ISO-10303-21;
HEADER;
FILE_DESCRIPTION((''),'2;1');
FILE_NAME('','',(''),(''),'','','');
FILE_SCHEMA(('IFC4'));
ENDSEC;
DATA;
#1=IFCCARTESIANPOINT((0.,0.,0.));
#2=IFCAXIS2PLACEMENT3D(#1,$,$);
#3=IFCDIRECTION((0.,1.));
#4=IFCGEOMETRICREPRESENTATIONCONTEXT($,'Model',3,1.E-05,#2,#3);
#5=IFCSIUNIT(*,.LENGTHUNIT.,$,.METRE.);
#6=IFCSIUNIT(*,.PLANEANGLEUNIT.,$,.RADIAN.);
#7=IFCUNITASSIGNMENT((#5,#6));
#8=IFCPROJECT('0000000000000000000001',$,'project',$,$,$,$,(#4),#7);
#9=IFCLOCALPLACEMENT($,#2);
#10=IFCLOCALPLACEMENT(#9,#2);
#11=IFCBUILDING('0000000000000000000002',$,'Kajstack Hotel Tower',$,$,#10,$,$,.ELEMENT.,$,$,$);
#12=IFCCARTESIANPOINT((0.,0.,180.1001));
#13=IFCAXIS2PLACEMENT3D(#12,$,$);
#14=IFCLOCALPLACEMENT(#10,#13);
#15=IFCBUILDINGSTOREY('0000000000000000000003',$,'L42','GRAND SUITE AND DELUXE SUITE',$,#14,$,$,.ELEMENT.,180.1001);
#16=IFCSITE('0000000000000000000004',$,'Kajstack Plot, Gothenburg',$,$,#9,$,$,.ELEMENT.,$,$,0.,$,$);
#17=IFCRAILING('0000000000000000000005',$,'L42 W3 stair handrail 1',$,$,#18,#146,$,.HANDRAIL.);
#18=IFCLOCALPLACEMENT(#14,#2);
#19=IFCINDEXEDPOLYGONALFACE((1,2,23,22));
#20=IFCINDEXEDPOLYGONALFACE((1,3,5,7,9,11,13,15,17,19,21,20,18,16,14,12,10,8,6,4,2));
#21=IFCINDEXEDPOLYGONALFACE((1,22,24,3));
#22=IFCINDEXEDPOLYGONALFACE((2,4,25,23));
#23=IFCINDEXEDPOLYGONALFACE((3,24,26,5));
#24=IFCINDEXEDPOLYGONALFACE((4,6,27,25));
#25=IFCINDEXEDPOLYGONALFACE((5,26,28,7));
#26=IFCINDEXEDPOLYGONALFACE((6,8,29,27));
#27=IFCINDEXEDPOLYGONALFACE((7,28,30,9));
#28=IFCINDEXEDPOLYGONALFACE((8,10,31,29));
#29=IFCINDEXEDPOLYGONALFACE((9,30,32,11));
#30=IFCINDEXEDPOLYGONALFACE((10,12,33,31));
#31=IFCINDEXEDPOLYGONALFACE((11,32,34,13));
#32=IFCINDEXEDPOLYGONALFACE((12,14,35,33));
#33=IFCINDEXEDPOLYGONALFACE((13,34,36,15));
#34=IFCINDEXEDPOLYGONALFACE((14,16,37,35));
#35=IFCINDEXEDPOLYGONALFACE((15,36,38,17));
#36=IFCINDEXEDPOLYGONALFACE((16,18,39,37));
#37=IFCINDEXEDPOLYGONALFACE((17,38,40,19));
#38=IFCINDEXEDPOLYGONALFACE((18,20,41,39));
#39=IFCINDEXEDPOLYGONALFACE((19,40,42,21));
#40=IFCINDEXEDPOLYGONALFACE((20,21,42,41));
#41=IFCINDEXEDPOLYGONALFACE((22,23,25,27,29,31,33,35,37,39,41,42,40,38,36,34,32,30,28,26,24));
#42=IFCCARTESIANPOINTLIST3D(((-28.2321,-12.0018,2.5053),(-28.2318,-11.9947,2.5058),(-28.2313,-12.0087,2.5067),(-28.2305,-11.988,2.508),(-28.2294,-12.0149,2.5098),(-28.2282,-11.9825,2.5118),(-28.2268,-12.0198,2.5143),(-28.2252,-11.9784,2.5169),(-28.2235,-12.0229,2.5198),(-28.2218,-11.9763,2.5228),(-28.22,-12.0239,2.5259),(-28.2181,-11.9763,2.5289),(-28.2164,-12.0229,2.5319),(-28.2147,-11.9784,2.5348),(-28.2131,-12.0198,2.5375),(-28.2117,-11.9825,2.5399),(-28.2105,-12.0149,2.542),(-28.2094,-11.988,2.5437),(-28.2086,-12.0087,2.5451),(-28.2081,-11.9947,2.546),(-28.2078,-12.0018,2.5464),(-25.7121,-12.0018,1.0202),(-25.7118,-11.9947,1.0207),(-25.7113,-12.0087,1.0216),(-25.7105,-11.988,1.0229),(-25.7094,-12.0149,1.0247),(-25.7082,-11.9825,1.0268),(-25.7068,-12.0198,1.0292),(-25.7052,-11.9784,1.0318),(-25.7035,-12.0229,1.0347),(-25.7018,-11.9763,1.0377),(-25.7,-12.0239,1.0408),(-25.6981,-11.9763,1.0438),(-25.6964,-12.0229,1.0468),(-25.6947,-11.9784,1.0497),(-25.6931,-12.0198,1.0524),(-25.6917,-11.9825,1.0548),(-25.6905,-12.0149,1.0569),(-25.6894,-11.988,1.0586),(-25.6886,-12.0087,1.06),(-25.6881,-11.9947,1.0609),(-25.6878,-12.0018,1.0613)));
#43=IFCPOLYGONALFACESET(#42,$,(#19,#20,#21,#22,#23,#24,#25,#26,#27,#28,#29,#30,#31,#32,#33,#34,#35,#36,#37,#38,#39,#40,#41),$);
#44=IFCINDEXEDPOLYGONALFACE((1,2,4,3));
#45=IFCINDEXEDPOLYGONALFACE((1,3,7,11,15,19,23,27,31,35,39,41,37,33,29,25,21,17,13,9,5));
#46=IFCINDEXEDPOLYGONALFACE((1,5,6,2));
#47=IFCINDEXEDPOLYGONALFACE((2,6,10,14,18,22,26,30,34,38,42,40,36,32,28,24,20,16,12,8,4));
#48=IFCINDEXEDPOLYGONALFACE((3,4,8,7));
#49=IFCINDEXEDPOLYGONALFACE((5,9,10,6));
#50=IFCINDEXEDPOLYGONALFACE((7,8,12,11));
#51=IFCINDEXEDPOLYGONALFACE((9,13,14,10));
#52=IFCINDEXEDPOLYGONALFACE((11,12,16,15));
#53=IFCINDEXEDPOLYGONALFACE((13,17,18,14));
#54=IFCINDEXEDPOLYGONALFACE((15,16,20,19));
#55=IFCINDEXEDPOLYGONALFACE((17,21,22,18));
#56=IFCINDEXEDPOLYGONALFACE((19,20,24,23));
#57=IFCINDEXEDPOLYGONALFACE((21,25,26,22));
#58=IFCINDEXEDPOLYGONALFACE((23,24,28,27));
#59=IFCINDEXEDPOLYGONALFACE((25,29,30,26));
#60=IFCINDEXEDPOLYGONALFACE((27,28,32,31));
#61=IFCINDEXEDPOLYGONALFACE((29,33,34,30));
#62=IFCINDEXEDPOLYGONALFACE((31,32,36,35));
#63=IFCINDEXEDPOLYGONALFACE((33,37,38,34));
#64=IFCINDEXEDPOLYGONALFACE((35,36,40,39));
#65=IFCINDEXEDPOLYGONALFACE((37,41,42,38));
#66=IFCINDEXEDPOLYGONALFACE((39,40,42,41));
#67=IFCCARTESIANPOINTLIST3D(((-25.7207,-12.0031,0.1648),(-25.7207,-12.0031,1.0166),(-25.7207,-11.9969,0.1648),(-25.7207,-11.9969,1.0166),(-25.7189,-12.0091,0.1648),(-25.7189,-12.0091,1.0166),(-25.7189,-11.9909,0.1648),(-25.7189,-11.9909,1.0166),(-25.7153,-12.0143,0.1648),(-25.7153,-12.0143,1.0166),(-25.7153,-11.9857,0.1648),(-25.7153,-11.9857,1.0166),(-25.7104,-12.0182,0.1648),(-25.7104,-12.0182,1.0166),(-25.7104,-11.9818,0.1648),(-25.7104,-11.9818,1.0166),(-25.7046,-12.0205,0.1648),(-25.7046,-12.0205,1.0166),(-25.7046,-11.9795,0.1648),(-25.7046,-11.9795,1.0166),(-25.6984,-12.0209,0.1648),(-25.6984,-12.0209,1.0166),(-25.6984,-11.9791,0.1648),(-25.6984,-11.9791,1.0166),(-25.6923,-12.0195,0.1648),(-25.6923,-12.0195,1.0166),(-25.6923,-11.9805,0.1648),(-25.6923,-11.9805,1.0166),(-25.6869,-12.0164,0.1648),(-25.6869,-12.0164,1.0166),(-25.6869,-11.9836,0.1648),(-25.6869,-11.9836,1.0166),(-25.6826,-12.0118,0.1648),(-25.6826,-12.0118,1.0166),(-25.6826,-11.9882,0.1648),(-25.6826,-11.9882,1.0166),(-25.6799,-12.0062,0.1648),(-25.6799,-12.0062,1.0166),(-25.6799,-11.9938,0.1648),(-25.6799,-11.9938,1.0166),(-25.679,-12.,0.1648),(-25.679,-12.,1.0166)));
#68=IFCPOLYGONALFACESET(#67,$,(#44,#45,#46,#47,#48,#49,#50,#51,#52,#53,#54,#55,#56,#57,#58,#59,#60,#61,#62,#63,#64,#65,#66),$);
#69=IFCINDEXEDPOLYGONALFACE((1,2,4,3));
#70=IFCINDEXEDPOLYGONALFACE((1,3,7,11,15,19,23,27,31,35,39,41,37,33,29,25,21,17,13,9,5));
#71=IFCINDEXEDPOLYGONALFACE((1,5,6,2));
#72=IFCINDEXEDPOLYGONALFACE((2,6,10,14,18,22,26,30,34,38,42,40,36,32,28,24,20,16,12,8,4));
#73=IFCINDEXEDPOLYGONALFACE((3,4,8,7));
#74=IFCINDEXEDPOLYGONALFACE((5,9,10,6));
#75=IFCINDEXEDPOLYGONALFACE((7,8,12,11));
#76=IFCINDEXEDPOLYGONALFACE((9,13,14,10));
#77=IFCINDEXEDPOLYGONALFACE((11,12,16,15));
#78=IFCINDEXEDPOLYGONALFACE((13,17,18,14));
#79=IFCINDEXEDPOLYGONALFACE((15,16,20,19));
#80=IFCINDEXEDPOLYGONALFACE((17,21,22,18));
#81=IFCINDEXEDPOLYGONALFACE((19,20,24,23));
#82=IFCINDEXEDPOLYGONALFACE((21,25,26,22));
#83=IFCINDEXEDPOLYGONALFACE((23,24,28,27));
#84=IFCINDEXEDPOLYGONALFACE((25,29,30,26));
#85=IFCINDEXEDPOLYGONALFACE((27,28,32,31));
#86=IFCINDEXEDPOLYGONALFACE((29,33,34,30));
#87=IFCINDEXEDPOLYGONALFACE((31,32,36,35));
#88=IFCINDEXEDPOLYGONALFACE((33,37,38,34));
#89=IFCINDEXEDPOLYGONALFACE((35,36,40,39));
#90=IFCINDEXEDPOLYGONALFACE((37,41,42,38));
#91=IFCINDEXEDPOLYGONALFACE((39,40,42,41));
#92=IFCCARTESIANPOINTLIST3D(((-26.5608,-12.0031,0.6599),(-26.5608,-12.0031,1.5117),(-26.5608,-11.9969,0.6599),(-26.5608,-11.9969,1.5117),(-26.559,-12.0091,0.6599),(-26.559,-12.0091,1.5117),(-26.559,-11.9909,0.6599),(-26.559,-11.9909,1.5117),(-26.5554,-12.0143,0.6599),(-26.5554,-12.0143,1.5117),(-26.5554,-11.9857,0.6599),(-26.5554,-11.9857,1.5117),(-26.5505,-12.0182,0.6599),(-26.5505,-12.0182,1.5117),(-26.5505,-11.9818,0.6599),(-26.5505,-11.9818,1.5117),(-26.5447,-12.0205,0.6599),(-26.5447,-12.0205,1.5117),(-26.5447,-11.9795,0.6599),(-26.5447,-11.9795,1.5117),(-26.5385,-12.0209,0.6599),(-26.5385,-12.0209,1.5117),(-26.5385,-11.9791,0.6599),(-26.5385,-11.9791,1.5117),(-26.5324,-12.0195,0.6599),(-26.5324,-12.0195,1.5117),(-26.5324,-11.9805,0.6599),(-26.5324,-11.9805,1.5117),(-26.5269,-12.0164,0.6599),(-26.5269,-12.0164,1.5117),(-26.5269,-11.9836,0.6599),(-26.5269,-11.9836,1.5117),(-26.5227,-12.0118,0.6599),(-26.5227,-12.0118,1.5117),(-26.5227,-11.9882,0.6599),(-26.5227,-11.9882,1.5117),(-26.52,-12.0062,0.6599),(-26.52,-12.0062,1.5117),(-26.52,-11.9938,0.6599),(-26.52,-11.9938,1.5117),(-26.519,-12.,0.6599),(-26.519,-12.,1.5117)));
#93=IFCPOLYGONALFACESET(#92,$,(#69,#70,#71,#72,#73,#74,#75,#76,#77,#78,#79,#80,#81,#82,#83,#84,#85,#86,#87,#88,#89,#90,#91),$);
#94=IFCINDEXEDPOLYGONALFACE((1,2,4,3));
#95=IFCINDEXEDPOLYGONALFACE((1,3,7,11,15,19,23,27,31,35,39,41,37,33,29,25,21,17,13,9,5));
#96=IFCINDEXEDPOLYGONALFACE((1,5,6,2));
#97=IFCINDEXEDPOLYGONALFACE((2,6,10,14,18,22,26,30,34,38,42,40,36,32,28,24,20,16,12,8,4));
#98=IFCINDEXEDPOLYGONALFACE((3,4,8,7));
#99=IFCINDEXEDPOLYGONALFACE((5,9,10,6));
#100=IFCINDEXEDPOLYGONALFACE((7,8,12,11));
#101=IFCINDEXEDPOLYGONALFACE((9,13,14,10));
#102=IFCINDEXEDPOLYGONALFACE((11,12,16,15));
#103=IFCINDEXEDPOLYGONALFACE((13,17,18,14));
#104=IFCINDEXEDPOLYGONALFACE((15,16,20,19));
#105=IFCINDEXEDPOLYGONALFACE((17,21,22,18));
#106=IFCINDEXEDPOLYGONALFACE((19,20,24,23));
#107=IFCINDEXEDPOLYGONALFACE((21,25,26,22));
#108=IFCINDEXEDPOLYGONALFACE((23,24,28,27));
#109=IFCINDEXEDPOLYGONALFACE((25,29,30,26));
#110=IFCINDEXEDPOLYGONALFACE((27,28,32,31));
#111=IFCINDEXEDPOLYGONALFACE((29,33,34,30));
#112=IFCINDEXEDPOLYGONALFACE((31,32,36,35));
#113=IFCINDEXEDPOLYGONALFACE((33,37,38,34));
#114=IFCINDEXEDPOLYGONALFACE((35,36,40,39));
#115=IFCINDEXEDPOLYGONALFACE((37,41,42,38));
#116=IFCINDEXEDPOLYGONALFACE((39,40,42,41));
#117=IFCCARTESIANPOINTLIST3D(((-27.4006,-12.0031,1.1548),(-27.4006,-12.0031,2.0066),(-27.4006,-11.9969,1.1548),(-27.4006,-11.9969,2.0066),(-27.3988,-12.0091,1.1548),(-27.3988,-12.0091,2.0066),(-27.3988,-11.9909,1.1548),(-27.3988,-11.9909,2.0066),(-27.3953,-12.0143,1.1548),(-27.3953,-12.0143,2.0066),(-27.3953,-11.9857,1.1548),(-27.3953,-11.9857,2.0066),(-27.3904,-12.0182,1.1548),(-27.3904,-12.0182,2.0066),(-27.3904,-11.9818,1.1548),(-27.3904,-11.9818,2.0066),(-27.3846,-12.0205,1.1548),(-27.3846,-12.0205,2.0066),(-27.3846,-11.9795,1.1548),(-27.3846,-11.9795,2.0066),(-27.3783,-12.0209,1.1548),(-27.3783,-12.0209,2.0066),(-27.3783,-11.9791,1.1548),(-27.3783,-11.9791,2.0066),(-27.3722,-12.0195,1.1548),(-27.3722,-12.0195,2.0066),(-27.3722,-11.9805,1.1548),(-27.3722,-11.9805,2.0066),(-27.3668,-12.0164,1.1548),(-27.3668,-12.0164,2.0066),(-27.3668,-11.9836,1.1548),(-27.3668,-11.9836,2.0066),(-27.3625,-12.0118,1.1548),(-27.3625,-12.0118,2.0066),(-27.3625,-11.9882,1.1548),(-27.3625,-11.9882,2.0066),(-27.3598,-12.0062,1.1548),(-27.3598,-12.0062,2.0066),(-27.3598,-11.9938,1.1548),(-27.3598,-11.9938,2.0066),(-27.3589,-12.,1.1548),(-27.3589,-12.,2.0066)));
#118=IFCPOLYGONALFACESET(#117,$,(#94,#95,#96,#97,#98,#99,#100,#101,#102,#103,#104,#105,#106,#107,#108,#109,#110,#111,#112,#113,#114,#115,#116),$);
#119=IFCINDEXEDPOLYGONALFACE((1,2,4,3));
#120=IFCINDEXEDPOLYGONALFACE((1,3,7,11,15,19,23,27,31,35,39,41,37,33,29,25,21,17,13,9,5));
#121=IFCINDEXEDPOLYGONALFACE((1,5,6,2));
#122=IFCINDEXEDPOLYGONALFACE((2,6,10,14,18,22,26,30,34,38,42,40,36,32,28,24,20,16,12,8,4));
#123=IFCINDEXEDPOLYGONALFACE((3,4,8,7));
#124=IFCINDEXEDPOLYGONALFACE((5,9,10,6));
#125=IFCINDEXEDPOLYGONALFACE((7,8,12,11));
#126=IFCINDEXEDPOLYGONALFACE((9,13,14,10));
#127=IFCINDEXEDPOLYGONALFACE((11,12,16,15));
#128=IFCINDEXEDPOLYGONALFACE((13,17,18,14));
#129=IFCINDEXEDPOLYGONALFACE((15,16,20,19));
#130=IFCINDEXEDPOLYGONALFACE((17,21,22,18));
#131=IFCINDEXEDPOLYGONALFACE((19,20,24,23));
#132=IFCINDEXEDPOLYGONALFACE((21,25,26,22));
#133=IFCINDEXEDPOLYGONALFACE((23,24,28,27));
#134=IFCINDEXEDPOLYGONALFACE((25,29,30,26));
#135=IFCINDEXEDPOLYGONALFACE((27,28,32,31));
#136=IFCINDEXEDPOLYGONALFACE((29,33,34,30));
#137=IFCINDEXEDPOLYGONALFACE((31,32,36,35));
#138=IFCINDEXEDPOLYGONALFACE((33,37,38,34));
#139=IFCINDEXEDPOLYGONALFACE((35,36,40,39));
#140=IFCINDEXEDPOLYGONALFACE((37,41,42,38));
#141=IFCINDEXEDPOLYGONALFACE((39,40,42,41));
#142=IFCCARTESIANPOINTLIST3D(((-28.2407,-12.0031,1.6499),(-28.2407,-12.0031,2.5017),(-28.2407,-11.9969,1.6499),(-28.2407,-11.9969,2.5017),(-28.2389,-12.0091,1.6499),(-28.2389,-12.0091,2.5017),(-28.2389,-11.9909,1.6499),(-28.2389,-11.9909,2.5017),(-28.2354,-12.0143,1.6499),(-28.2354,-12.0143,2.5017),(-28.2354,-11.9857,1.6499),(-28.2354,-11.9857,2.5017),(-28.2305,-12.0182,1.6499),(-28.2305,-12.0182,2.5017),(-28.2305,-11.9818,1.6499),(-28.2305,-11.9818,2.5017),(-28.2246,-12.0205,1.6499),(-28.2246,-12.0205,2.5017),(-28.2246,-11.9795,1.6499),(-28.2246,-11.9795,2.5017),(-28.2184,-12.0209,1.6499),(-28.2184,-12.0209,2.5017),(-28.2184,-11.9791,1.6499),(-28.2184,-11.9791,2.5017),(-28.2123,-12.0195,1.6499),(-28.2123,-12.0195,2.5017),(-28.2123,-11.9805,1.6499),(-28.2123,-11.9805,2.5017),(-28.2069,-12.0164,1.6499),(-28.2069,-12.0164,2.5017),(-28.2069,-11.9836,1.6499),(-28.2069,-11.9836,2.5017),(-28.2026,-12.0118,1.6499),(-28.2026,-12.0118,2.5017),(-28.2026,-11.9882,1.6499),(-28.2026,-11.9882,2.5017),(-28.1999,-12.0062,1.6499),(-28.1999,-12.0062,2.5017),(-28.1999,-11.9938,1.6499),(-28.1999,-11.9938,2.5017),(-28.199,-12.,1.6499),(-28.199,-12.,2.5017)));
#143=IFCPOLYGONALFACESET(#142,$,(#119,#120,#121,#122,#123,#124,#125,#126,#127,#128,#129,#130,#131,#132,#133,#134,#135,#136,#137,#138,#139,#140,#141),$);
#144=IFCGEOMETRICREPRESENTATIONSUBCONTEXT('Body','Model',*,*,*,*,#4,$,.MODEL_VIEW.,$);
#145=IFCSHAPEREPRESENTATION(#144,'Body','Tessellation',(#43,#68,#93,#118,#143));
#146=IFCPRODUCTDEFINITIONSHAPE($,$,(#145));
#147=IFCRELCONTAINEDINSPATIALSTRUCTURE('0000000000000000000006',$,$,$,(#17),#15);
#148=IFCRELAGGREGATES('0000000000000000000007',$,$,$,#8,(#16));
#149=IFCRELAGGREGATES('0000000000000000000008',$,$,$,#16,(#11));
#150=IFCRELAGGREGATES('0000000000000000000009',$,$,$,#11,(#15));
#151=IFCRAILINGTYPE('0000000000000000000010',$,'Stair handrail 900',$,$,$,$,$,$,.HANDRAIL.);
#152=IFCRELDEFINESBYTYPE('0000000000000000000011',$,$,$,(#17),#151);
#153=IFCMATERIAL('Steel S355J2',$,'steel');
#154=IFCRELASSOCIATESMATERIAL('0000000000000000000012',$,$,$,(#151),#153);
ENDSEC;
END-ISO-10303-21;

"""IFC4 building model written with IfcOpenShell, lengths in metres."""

from ifc_helpers import new_model, si_unit, direction, frame, origin, origin_2d, place, context, subcontext, project, spatial, circle, extrude, material, type_object, element, save


model = new_model("IFC4")

# Units and contexts
model_context = context("Model", 3, precision=1e-05, world=origin(), true_north=direction((0.0, 1.0)))
body_context = subcontext(model_context, "Body", "Model", "MODEL_VIEW")
ifc_project = project(units=[si_unit("LENGTHUNIT", "METRE"), si_unit("PLANEANGLEUNIT", "RADIAN")], contexts=[model_context])

# Site, building, storey
site_placement = place(None, origin())
site = spatial("IfcSite", under=ifc_project, at=site_placement, Name="Kajstack Plot, Gothenburg", CompositionType="ELEMENT", RefElevation=0.0)
building_placement = place(site_placement, origin())
building = spatial("IfcBuilding", under=site, at=building_placement, Name="Kajstack Hotel Tower", CompositionType="ELEMENT")
storey_placement = place(building_placement, frame((0.0, 0.0, 180.1001)))
storey = spatial("IfcBuildingStorey", under=building, at=storey_placement, Name="L42", Description="GRAND SUITE AND DELUXE SUITE", CompositionType="ELEMENT", Elevation=180.1001)

# Railing
ifc_material_1 = material(Name="Steel S355J2", Category="steel")
railing_type_1 = type_object("IfcRailingType", Name="Stair handrail 900", PredefinedType="HANDRAIL", material=ifc_material_1)
railing_1_placement = place(storey_placement, frame((-25.7, -12.0, 0.1648)))
element("IfcRailing", 1, at=railing_1_placement, inside=storey, type_object=railing_type_1, Name="L42 W3 stair handrail 1", PredefinedType="HANDRAIL", context=body_context, shape_type="SweptSolid", body=[
    extrude(circle(Radius=0.0239, at=origin_2d()), frame((0.0, 0.0, 0.876), z_axis=(-0.861524, 0.0, 0.507717), x_axis=(0.0, -1.0, 0.0)), (0.0, 0.0, 1.0), 2.925),
    extrude(circle(Radius=0.021, at=origin_2d()), origin(), (0.0, 0.0, 1.0), 0.8518),
    extrude(circle(Radius=0.021, at=origin_2d()), frame((-0.8401, 0.0, 0.4951)), (0.0, 0.0, 1.0), 0.8518),
    extrude(circle(Radius=0.021, at=origin_2d()), frame((-1.6799, 0.0, 0.99)), (0.0, 0.0, 1.0), 0.8518),
    extrude(circle(Radius=0.021, at=origin_2d()), frame((-2.52, 0.0, 1.4851)), (0.0, 0.0, 1.0), 0.8518),
])

save(model, "model.ifc")
